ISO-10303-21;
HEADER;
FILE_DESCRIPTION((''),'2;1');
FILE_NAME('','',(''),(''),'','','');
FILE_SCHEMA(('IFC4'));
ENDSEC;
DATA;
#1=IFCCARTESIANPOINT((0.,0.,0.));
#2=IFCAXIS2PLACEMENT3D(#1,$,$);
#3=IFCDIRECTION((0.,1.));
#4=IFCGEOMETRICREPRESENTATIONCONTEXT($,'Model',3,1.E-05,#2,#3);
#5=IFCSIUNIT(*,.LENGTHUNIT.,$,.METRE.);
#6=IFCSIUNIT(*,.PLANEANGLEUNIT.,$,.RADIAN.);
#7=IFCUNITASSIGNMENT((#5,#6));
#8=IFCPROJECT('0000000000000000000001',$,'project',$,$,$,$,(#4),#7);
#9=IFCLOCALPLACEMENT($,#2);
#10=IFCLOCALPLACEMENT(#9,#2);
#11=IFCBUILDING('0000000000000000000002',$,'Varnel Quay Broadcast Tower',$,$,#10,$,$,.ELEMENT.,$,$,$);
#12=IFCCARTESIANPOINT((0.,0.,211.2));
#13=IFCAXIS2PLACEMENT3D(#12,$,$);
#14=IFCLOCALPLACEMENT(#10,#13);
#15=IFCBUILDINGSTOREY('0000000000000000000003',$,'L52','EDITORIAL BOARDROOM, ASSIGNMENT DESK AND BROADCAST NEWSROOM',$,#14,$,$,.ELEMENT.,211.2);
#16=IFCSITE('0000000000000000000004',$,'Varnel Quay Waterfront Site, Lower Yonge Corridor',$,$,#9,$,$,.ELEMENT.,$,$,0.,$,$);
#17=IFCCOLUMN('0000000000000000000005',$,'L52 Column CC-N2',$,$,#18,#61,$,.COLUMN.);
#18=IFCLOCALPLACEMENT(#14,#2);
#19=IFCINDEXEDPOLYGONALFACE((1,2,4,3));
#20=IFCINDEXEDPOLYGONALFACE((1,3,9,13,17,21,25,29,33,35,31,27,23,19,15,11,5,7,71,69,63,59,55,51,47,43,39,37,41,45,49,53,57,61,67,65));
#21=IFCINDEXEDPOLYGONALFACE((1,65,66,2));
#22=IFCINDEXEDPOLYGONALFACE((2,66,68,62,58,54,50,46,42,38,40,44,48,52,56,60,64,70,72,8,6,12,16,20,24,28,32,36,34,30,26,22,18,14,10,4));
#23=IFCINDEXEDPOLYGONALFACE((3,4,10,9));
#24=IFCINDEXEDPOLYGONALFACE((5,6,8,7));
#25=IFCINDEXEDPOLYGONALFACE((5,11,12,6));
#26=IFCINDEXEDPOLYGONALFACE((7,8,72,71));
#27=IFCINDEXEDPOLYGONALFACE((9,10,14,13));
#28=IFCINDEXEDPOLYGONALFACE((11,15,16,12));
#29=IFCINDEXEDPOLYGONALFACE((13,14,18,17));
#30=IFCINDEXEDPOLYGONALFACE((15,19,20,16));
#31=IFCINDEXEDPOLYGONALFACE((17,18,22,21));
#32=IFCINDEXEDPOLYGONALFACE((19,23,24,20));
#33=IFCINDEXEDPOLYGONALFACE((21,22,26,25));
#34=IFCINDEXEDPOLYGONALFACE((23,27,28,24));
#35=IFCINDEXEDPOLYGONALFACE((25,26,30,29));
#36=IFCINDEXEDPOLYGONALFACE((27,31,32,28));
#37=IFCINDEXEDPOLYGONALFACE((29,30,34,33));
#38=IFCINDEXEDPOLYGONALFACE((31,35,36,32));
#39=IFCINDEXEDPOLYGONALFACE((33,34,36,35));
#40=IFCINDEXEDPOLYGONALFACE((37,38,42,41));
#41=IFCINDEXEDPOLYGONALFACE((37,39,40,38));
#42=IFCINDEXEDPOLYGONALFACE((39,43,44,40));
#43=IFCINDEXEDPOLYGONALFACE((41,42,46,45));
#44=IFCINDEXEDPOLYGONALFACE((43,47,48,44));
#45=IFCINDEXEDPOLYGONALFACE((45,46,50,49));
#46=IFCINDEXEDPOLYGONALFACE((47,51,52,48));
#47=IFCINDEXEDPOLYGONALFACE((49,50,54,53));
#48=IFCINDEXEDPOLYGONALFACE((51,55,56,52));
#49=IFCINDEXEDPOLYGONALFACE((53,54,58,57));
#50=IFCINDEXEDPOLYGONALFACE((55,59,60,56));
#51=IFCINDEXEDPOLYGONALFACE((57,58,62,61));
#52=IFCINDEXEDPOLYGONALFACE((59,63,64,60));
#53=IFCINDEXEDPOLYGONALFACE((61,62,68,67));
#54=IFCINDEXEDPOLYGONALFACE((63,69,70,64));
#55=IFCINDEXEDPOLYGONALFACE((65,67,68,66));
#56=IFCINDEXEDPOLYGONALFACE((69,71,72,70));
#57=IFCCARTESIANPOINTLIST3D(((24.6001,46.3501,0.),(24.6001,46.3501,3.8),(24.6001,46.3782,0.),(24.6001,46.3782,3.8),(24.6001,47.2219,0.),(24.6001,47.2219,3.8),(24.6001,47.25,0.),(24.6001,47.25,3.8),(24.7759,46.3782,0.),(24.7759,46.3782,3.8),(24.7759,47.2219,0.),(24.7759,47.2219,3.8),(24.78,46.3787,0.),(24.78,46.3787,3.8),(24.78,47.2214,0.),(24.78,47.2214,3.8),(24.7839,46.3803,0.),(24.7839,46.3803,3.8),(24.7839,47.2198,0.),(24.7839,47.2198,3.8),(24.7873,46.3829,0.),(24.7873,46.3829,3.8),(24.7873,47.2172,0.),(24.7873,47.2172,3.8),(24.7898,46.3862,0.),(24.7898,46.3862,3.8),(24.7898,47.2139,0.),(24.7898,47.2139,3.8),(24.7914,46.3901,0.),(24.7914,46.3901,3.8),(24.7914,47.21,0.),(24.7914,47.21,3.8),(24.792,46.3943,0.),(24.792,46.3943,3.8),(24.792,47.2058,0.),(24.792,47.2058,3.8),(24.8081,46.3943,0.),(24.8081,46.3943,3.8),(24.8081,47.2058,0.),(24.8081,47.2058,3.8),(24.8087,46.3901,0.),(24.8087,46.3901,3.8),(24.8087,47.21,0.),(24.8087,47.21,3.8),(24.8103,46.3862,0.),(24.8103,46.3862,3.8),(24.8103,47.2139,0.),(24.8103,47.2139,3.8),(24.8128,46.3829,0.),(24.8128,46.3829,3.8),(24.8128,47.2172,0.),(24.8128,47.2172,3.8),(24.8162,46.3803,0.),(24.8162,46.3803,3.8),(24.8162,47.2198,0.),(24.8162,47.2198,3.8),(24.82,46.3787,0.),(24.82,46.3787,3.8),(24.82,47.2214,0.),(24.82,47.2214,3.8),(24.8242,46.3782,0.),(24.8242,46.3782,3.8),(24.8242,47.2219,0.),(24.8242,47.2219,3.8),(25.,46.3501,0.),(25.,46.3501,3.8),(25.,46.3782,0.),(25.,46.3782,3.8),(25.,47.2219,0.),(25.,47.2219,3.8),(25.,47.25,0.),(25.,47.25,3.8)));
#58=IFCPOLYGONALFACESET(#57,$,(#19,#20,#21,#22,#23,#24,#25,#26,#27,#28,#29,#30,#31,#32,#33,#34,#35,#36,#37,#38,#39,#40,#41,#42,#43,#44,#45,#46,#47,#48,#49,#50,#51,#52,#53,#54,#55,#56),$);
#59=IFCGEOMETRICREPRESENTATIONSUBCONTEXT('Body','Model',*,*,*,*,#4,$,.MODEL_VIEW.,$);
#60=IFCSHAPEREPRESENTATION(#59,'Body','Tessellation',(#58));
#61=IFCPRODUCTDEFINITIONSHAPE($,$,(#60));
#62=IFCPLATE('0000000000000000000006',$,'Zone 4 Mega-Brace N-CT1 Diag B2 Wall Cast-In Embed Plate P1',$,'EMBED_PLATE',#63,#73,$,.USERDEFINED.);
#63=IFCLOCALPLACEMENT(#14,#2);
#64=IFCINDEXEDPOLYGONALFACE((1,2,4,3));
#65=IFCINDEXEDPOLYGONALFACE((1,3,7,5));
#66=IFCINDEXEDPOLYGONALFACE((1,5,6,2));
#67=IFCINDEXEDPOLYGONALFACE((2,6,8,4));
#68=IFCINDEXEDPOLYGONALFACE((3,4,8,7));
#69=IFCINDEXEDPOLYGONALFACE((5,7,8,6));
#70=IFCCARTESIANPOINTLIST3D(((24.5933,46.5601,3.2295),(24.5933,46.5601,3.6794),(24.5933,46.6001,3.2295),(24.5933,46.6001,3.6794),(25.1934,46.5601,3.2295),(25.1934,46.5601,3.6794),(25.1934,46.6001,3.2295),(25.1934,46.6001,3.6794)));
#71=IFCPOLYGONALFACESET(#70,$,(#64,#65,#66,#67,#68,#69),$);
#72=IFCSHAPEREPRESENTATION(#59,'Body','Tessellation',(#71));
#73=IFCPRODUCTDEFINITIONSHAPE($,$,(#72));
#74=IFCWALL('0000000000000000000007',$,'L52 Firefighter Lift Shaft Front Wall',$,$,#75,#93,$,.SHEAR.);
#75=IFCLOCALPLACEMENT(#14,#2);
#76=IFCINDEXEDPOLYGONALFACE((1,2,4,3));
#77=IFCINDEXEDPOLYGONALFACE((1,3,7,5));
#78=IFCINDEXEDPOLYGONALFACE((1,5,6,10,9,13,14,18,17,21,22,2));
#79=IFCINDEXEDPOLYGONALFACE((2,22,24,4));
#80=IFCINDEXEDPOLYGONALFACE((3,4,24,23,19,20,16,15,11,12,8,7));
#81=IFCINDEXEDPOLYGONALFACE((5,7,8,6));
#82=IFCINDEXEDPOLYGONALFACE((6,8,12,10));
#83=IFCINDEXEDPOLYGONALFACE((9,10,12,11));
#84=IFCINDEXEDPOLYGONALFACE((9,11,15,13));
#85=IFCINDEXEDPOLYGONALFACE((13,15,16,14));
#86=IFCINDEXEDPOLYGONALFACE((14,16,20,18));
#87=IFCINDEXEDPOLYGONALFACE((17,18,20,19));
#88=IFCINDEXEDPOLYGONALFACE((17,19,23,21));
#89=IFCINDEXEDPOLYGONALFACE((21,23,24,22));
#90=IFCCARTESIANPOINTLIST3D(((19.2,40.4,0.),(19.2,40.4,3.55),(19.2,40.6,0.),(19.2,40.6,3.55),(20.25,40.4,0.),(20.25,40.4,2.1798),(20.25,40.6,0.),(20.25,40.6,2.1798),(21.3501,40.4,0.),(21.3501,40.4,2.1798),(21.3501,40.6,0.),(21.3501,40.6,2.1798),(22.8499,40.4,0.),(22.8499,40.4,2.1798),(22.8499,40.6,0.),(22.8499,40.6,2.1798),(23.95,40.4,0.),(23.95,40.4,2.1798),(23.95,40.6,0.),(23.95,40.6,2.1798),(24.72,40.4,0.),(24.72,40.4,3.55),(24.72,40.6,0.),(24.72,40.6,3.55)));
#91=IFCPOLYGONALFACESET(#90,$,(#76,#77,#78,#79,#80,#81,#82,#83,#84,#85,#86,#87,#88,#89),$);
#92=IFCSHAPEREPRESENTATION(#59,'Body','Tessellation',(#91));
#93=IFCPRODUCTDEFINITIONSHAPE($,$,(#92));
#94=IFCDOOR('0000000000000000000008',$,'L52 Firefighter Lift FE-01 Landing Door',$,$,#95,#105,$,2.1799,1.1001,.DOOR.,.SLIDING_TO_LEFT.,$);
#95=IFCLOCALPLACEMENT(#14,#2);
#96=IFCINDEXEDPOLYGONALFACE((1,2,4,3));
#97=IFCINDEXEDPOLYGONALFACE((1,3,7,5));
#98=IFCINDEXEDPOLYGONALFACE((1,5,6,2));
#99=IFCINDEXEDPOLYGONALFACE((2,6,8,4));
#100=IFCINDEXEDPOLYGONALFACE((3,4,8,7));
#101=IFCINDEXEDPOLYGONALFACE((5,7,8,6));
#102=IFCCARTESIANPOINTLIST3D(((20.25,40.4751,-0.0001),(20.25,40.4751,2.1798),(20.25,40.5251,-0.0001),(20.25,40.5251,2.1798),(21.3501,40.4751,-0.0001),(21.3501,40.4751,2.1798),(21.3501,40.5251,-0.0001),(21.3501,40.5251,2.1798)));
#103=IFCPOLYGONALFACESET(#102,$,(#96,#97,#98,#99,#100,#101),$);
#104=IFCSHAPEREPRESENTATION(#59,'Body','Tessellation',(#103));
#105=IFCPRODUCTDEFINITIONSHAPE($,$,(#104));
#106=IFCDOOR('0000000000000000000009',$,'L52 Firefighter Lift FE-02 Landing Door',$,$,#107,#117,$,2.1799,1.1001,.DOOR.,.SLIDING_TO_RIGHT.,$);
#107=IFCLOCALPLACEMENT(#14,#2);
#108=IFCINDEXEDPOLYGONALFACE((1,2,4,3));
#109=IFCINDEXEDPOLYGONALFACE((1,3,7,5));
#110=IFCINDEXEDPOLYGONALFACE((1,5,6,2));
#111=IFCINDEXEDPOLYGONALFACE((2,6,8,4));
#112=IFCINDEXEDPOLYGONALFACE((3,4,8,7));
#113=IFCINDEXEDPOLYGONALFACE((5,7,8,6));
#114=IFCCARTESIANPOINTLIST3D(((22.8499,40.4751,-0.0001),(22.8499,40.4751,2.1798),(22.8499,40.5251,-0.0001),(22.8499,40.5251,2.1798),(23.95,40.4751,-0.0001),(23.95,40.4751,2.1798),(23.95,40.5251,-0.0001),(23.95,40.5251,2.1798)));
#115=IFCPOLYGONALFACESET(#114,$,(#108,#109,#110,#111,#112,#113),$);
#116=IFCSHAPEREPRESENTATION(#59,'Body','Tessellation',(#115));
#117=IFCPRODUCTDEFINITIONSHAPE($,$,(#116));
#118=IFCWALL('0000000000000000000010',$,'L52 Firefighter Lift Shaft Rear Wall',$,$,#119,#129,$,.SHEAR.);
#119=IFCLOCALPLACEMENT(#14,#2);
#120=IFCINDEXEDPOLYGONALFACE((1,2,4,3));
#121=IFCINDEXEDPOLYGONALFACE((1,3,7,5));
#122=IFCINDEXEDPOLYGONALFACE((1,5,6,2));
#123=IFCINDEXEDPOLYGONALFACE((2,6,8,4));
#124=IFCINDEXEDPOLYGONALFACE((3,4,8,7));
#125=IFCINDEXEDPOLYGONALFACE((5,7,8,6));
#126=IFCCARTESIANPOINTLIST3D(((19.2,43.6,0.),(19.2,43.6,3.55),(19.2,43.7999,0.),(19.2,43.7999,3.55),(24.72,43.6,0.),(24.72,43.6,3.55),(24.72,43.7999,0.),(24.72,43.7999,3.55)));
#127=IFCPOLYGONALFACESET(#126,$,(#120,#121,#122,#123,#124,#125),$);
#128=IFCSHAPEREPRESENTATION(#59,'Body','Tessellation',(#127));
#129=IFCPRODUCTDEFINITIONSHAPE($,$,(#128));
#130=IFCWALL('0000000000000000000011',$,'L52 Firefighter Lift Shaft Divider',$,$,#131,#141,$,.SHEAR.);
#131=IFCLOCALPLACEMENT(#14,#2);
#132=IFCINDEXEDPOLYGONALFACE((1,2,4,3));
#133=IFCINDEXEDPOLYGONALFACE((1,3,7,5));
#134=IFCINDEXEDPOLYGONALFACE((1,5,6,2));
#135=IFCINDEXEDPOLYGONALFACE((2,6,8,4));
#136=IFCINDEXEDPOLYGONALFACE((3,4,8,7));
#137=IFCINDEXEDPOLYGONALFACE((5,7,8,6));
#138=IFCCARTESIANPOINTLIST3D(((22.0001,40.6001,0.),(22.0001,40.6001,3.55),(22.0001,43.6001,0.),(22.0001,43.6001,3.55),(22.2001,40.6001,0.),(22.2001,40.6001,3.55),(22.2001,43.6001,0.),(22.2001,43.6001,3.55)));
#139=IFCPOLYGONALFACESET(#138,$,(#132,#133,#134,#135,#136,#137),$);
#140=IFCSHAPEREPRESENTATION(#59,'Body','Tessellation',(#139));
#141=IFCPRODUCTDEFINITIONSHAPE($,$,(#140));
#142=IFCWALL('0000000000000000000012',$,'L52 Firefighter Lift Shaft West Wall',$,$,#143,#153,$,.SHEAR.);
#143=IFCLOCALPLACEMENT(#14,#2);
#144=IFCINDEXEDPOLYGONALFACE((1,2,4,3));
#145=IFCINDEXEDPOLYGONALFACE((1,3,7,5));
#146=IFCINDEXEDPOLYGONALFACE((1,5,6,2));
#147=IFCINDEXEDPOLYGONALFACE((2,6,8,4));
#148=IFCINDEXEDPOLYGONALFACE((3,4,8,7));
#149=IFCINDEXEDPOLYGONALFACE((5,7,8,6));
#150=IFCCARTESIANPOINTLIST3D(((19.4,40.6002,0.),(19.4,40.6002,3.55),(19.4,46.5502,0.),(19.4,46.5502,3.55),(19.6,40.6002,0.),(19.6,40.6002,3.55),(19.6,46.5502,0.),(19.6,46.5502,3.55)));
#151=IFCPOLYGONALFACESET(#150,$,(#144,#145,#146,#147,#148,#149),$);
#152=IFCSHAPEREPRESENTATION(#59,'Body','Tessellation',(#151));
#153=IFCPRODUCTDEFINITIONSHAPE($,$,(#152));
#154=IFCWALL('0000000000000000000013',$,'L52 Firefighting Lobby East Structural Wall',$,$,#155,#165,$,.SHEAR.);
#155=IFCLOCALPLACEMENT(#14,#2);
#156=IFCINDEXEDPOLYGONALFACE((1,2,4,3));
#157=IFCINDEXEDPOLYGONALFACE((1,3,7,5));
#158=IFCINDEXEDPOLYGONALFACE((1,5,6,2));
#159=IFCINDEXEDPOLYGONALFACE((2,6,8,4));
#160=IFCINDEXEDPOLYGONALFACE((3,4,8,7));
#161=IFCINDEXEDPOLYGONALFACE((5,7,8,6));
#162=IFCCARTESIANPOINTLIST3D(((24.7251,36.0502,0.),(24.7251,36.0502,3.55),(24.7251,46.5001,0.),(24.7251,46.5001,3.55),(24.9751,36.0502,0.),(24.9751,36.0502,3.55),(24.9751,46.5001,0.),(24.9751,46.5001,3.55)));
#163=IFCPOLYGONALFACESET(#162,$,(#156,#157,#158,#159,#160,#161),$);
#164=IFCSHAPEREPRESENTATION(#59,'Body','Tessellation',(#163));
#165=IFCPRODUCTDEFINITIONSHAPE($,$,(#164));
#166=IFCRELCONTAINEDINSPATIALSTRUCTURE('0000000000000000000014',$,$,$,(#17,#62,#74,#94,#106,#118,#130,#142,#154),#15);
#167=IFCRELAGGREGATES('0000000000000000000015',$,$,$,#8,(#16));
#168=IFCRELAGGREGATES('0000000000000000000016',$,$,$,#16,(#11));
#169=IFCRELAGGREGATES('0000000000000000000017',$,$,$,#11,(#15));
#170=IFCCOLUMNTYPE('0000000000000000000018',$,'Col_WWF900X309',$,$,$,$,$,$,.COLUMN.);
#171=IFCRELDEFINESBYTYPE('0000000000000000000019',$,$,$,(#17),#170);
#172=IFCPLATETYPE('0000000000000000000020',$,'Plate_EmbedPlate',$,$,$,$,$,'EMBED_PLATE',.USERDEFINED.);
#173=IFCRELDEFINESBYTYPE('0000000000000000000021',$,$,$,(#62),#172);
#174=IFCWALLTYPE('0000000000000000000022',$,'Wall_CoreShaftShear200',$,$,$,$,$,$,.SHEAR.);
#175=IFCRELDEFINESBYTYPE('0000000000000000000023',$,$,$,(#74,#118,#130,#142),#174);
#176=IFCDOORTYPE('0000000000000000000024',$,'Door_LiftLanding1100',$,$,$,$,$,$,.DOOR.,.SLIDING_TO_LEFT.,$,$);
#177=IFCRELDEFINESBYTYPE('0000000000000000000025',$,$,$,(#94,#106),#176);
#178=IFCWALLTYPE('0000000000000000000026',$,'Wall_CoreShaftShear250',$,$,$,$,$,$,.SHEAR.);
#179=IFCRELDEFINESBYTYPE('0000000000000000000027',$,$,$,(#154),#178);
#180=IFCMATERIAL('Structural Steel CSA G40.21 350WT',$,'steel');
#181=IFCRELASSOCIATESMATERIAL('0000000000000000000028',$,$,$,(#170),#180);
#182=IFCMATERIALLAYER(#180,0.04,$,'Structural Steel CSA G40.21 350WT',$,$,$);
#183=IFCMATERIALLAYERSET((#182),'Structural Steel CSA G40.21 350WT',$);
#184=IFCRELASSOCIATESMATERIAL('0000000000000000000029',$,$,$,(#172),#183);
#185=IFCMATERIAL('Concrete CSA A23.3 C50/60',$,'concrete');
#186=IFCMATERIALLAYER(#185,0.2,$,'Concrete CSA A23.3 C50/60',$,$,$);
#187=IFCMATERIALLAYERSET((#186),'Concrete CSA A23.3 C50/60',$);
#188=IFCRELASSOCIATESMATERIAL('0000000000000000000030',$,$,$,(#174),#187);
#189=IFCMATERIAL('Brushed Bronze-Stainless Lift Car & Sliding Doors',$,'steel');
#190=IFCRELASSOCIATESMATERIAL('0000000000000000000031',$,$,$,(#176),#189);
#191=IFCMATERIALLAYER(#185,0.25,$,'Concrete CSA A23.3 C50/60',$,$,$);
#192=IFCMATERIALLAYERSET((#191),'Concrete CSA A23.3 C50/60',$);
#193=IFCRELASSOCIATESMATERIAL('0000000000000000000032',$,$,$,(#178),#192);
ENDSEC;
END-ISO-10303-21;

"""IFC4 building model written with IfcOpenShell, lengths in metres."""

from ifc_helpers import new_model, si_unit, direction, frame, frame_2d, origin, origin_2d, place, context, subcontext, project, spatial, rectangle, i_section, extrude, source, transform, mapped, material, layer, layer_set, material_profile, profile_set, type_object, type_shapes, element, fill, save


model = new_model("IFC4")

# Units and contexts
model_context = context("Model", 3, precision=1e-05, world=origin(), true_north=direction((0.0, 1.0)))
body_context = subcontext(model_context, "Body", "Model", "MODEL_VIEW")
ifc_project = project(units=[si_unit("LENGTHUNIT", "METRE"), si_unit("PLANEANGLEUNIT", "RADIAN")], contexts=[model_context])

# Site, building, storey
site_placement = place(None, origin())
site = spatial("IfcSite", under=ifc_project, at=site_placement, Name="Varnel Quay Waterfront Site, Lower Yonge Corridor", CompositionType="ELEMENT", RefElevation=0.0)
building_placement = place(site_placement, origin())
building = spatial("IfcBuilding", under=site, at=building_placement, Name="Varnel Quay Broadcast Tower", CompositionType="ELEMENT")
storey_placement = place(building_placement, frame((0.0, 0.0, 211.2)))
storey = spatial("IfcBuildingStorey", under=building, at=storey_placement, Name="L52", Description="EDITORIAL BOARDROOM, ASSIGNMENT DESK AND BROADCAST NEWSROOM", CompositionType="ELEMENT", Elevation=211.2)

# Column
ifc_material_1 = material(Name="Structural Steel CSA G40.21 350WT", Category="steel")
ifc_material_profile = material_profile(ifc_material_1, i_section(OverallWidth=0.3999, OverallDepth=0.8999, WebThickness=0.0161, FlangeThickness=0.0281, FilletRadius=0.0161, at=origin_2d()), Name="WWF900X309")
ifc_profile_set = profile_set([ifc_material_profile], Name="Structural Steel CSA G40.21 350WT")
column_type = type_object("IfcColumnType", Name="Col_WWF900X309", PredefinedType="COLUMN", material=ifc_profile_set)
shared_shape_1 = source(origin(), body_context, "Body", "SweptSolid", [
    extrude(i_section(OverallWidth=0.3999, OverallDepth=0.8999, WebThickness=0.0161, FlangeThickness=0.0281, FilletRadius=0.0161, at=origin_2d()), origin(), (0.0, 0.0, 1.0), 3.8),
])
type_shapes(column_type, [shared_shape_1])
column_placement = place(storey_placement, frame((24.8, 46.8, 0.0), z_axis=(0.0, 0.0, 1.0), x_axis=(1.0, 0.0, 0.0)))
element("IfcColumn", 1, at=column_placement, inside=storey, type_object=column_type, Name="L52 Column CC-N2", PredefinedType="COLUMN", context=body_context, shape_type="MappedRepresentation", body=[
    mapped(shared_shape_1, transform((0.0, 0.0, 0.0), x_axis=(1.0, 0.0, 0.0), y_axis=(0.0, 1.0, 0.0), z_axis=(0.0, 0.0, 1.0), scale=1.0)),
])

# Plate
ifc_layer_1 = layer(ifc_material_1, 0.04, Name="Structural Steel CSA G40.21 350WT")
ifc_layer_set_1 = layer_set([ifc_layer_1], Name="Structural Steel CSA G40.21 350WT")
plate_type = type_object("IfcPlateType", Name="Plate_EmbedPlate", ElementType="EMBED_PLATE", PredefinedType="USERDEFINED", material=ifc_layer_set_1)
shared_shape_2 = source(origin(), body_context, "Body", "SweptSolid", [
    extrude(rectangle(XDim=0.6001, YDim=0.04, at=origin_2d()), origin(), (0.0, 0.0, 1.0), 0.45),
])
type_shapes(plate_type, [shared_shape_2])
plate_placement = place(storey_placement, frame((24.8933, 46.5801, 3.2295), z_axis=(0.0, 0.0, 1.0), x_axis=(1.0, 0.0, 0.0)))
element("IfcPlate", 2, at=plate_placement, inside=storey, type_object=plate_type, Name="Zone 4 Mega-Brace N-CT1 Diag B2 Wall Cast-In Embed Plate P1", ObjectType="EMBED_PLATE", PredefinedType="USERDEFINED", context=body_context, shape_type="MappedRepresentation", body=[
    mapped(shared_shape_2, transform((0.0, 0.0, 0.0), x_axis=(1.0, 0.0, 0.0), y_axis=(0.0, 1.0, 0.0), z_axis=(0.0, 0.0, 1.0), scale=1.0)),
])

# Wall, openings, doors
ifc_material_2 = material(Name="Concrete CSA A23.3 C50/60", Category="concrete")
ifc_layer_2 = layer(ifc_material_2, 0.2, Name="Concrete CSA A23.3 C50/60")
ifc_layer_set_2 = layer_set([ifc_layer_2], Name="Concrete CSA A23.3 C50/60")
wall_type_1 = type_object("IfcWallType", Name="Wall_CoreShaftShear200", PredefinedType="SHEAR", material=ifc_layer_set_2)
wall_1_placement = place(storey_placement, frame((19.2, 40.5, 0.0), z_axis=(0.0, 0.0, 1.0), x_axis=(1.0, 0.0, 0.0)))
wall_1 = element("IfcWall", 3, at=wall_1_placement, inside=storey, type_object=wall_type_1, Name="L52 Firefighter Lift Shaft Front Wall", PredefinedType="SHEAR", context=body_context, shape_type="SweptSolid", body=[
    extrude(rectangle(XDim=5.52, YDim=0.2, at=frame_2d((2.76, 0.0))), origin(), (0.0, 0.0, 1.0), 3.55),
])
opening_1_placement = place(wall_1_placement, frame((1.05, 0.0, 0.0)))
opening_1 = element("IfcOpeningElement", 4, at=opening_1_placement, cuts=wall_1, PredefinedType="OPENING", context=body_context, shape_type="SweptSolid", body=[
    extrude(rectangle(XDim=1.1001, YDim=2.1799, at=frame_2d((0.55, 1.0898))), frame((0.0, 0.1099, 0.0), z_axis=(0.0, -1.0, 0.0), x_axis=(1.0, 0.0, 0.0)), (0.0, 0.0, 1.0), 0.22),
])
opening_2_placement = place(wall_1_placement, frame((3.6499, 0.0, 0.0)))
opening_2 = element("IfcOpeningElement", 5, at=opening_2_placement, cuts=wall_1, PredefinedType="OPENING", context=body_context, shape_type="SweptSolid", body=[
    extrude(rectangle(XDim=1.1001, YDim=2.1799, at=frame_2d((0.55, 1.0898))), frame((0.0, 0.1099, 0.0), z_axis=(0.0, -1.0, 0.0), x_axis=(1.0, 0.0, 0.0)), (0.0, 0.0, 1.0), 0.22),
])
ifc_material_3 = material(Name="Brushed Bronze-Stainless Lift Car & Sliding Doors", Category="steel")
door_type_1 = type_object("IfcDoorType", Name="Door_LiftLanding1100", OperationType="SLIDING_TO_LEFT", PredefinedType="DOOR", material=ifc_material_3)
shared_shape_3 = source(origin(), body_context, "Body", "SweptSolid", [
    extrude(rectangle(XDim=1.1001, YDim=2.1799, at=frame_2d((0.55, 1.0898))), frame((0.0, 0.0249, 0.0), z_axis=(0.0, -1.0, 0.0), x_axis=(1.0, 0.0, 0.0)), (0.0, 0.0, 1.0), 0.05),
])
type_shapes(door_type_1, [shared_shape_3])
door_1_placement = place(opening_1_placement, frame((1.1001, 0.0, 0.0), z_axis=(0.0, 0.0, 1.0), x_axis=(-1.0, 0.0, 0.0)))
door_1 = element("IfcDoor", 6, at=door_1_placement, inside=storey, type_object=door_type_1, Name="L52 Firefighter Lift FE-01 Landing Door", OperationType="SLIDING_TO_LEFT", OverallHeight=2.1799, OverallWidth=1.1001, PredefinedType="DOOR", context=body_context, shape_type="MappedRepresentation", body=[
    mapped(shared_shape_3, transform((0.0, 0.0, 0.0), x_axis=(1.0, 0.0, 0.0), y_axis=(0.0, 1.0, 0.0), z_axis=(0.0, 0.0, 1.0), scale=1.0)),
])
fill(opening_1, door_1)
door_2_placement = place(opening_2_placement, frame((1.1001, 0.0, 0.0), z_axis=(0.0, 0.0, 1.0), x_axis=(-1.0, 0.0, 0.0)))
door_2 = element("IfcDoor", 7, at=door_2_placement, inside=storey, type_object=door_type_1, Name="L52 Firefighter Lift FE-02 Landing Door", OperationType="SLIDING_TO_RIGHT", OverallHeight=2.1799, OverallWidth=1.1001, PredefinedType="DOOR", context=body_context, shape_type="MappedRepresentation", body=[
    mapped(shared_shape_3, transform((0.0, 0.0, 0.0), x_axis=(1.0, 0.0, 0.0), y_axis=(0.0, 1.0, 0.0), z_axis=(0.0, 0.0, 1.0), scale=1.0)),
])
fill(opening_2, door_2)

# Walls
wall_2_placement = place(storey_placement, frame((19.2, 43.7, 0.0), z_axis=(0.0, 0.0, 1.0), x_axis=(1.0, 0.0, 0.0)))
element("IfcWall", 8, at=wall_2_placement, inside=storey, type_object=wall_type_1, Name="L52 Firefighter Lift Shaft Rear Wall", PredefinedType="SHEAR", context=body_context, shape_type="SweptSolid", body=[
    extrude(rectangle(XDim=5.52, YDim=0.2, at=frame_2d((2.76, 0.0))), origin(), (0.0, 0.0, 1.0), 3.55),
])
wall_3_placement = place(storey_placement, frame((22.1001, 40.6001, 0.0), z_axis=(0.0, 0.0, 1.0), x_axis=(0.0, 1.0, 0.0)))
element("IfcWall", 9, at=wall_3_placement, inside=storey, type_object=wall_type_1, Name="L52 Firefighter Lift Shaft Divider", PredefinedType="SHEAR", context=body_context, shape_type="SweptSolid", body=[
    extrude(rectangle(XDim=3.0, YDim=0.2, at=frame_2d((1.5, 0.0))), origin(), (0.0, 0.0, 1.0), 3.55),
])
wall_4_placement = place(storey_placement, frame((19.5, 40.6001, 0.0), z_axis=(0.0, 0.0, 1.0), x_axis=(0.0, 1.0, 0.0)))
element("IfcWall", 10, at=wall_4_placement, inside=storey, type_object=wall_type_1, Name="L52 Firefighter Lift Shaft West Wall", PredefinedType="SHEAR", context=body_context, shape_type="SweptSolid", body=[
    extrude(rectangle(XDim=5.95, YDim=0.2, at=frame_2d((2.9751, 0.0))), origin(), (0.0, 0.0, 1.0), 3.55),
])
ifc_layer_3 = layer(ifc_material_2, 0.25, Name="Concrete CSA A23.3 C50/60")
ifc_layer_set_3 = layer_set([ifc_layer_3], Name="Concrete CSA A23.3 C50/60")
wall_type_2 = type_object("IfcWallType", Name="Wall_CoreShaftShear250", PredefinedType="SHEAR", material=ifc_layer_set_3)
wall_5_placement = place(storey_placement, frame((24.8501, 36.05, 0.0), z_axis=(0.0, 0.0, 1.0), x_axis=(0.0, 1.0, 0.0)))
element("IfcWall", 11, at=wall_5_placement, inside=storey, type_object=wall_type_2, Name="L52 Firefighting Lobby East Structural Wall", PredefinedType="SHEAR", context=body_context, shape_type="SweptSolid", body=[
    extrude(rectangle(XDim=10.45, YDim=0.25, at=frame_2d((5.2251, 0.0))), origin(), (0.0, 0.0, 1.0), 3.55),
])

save(model, "model.ifc")
